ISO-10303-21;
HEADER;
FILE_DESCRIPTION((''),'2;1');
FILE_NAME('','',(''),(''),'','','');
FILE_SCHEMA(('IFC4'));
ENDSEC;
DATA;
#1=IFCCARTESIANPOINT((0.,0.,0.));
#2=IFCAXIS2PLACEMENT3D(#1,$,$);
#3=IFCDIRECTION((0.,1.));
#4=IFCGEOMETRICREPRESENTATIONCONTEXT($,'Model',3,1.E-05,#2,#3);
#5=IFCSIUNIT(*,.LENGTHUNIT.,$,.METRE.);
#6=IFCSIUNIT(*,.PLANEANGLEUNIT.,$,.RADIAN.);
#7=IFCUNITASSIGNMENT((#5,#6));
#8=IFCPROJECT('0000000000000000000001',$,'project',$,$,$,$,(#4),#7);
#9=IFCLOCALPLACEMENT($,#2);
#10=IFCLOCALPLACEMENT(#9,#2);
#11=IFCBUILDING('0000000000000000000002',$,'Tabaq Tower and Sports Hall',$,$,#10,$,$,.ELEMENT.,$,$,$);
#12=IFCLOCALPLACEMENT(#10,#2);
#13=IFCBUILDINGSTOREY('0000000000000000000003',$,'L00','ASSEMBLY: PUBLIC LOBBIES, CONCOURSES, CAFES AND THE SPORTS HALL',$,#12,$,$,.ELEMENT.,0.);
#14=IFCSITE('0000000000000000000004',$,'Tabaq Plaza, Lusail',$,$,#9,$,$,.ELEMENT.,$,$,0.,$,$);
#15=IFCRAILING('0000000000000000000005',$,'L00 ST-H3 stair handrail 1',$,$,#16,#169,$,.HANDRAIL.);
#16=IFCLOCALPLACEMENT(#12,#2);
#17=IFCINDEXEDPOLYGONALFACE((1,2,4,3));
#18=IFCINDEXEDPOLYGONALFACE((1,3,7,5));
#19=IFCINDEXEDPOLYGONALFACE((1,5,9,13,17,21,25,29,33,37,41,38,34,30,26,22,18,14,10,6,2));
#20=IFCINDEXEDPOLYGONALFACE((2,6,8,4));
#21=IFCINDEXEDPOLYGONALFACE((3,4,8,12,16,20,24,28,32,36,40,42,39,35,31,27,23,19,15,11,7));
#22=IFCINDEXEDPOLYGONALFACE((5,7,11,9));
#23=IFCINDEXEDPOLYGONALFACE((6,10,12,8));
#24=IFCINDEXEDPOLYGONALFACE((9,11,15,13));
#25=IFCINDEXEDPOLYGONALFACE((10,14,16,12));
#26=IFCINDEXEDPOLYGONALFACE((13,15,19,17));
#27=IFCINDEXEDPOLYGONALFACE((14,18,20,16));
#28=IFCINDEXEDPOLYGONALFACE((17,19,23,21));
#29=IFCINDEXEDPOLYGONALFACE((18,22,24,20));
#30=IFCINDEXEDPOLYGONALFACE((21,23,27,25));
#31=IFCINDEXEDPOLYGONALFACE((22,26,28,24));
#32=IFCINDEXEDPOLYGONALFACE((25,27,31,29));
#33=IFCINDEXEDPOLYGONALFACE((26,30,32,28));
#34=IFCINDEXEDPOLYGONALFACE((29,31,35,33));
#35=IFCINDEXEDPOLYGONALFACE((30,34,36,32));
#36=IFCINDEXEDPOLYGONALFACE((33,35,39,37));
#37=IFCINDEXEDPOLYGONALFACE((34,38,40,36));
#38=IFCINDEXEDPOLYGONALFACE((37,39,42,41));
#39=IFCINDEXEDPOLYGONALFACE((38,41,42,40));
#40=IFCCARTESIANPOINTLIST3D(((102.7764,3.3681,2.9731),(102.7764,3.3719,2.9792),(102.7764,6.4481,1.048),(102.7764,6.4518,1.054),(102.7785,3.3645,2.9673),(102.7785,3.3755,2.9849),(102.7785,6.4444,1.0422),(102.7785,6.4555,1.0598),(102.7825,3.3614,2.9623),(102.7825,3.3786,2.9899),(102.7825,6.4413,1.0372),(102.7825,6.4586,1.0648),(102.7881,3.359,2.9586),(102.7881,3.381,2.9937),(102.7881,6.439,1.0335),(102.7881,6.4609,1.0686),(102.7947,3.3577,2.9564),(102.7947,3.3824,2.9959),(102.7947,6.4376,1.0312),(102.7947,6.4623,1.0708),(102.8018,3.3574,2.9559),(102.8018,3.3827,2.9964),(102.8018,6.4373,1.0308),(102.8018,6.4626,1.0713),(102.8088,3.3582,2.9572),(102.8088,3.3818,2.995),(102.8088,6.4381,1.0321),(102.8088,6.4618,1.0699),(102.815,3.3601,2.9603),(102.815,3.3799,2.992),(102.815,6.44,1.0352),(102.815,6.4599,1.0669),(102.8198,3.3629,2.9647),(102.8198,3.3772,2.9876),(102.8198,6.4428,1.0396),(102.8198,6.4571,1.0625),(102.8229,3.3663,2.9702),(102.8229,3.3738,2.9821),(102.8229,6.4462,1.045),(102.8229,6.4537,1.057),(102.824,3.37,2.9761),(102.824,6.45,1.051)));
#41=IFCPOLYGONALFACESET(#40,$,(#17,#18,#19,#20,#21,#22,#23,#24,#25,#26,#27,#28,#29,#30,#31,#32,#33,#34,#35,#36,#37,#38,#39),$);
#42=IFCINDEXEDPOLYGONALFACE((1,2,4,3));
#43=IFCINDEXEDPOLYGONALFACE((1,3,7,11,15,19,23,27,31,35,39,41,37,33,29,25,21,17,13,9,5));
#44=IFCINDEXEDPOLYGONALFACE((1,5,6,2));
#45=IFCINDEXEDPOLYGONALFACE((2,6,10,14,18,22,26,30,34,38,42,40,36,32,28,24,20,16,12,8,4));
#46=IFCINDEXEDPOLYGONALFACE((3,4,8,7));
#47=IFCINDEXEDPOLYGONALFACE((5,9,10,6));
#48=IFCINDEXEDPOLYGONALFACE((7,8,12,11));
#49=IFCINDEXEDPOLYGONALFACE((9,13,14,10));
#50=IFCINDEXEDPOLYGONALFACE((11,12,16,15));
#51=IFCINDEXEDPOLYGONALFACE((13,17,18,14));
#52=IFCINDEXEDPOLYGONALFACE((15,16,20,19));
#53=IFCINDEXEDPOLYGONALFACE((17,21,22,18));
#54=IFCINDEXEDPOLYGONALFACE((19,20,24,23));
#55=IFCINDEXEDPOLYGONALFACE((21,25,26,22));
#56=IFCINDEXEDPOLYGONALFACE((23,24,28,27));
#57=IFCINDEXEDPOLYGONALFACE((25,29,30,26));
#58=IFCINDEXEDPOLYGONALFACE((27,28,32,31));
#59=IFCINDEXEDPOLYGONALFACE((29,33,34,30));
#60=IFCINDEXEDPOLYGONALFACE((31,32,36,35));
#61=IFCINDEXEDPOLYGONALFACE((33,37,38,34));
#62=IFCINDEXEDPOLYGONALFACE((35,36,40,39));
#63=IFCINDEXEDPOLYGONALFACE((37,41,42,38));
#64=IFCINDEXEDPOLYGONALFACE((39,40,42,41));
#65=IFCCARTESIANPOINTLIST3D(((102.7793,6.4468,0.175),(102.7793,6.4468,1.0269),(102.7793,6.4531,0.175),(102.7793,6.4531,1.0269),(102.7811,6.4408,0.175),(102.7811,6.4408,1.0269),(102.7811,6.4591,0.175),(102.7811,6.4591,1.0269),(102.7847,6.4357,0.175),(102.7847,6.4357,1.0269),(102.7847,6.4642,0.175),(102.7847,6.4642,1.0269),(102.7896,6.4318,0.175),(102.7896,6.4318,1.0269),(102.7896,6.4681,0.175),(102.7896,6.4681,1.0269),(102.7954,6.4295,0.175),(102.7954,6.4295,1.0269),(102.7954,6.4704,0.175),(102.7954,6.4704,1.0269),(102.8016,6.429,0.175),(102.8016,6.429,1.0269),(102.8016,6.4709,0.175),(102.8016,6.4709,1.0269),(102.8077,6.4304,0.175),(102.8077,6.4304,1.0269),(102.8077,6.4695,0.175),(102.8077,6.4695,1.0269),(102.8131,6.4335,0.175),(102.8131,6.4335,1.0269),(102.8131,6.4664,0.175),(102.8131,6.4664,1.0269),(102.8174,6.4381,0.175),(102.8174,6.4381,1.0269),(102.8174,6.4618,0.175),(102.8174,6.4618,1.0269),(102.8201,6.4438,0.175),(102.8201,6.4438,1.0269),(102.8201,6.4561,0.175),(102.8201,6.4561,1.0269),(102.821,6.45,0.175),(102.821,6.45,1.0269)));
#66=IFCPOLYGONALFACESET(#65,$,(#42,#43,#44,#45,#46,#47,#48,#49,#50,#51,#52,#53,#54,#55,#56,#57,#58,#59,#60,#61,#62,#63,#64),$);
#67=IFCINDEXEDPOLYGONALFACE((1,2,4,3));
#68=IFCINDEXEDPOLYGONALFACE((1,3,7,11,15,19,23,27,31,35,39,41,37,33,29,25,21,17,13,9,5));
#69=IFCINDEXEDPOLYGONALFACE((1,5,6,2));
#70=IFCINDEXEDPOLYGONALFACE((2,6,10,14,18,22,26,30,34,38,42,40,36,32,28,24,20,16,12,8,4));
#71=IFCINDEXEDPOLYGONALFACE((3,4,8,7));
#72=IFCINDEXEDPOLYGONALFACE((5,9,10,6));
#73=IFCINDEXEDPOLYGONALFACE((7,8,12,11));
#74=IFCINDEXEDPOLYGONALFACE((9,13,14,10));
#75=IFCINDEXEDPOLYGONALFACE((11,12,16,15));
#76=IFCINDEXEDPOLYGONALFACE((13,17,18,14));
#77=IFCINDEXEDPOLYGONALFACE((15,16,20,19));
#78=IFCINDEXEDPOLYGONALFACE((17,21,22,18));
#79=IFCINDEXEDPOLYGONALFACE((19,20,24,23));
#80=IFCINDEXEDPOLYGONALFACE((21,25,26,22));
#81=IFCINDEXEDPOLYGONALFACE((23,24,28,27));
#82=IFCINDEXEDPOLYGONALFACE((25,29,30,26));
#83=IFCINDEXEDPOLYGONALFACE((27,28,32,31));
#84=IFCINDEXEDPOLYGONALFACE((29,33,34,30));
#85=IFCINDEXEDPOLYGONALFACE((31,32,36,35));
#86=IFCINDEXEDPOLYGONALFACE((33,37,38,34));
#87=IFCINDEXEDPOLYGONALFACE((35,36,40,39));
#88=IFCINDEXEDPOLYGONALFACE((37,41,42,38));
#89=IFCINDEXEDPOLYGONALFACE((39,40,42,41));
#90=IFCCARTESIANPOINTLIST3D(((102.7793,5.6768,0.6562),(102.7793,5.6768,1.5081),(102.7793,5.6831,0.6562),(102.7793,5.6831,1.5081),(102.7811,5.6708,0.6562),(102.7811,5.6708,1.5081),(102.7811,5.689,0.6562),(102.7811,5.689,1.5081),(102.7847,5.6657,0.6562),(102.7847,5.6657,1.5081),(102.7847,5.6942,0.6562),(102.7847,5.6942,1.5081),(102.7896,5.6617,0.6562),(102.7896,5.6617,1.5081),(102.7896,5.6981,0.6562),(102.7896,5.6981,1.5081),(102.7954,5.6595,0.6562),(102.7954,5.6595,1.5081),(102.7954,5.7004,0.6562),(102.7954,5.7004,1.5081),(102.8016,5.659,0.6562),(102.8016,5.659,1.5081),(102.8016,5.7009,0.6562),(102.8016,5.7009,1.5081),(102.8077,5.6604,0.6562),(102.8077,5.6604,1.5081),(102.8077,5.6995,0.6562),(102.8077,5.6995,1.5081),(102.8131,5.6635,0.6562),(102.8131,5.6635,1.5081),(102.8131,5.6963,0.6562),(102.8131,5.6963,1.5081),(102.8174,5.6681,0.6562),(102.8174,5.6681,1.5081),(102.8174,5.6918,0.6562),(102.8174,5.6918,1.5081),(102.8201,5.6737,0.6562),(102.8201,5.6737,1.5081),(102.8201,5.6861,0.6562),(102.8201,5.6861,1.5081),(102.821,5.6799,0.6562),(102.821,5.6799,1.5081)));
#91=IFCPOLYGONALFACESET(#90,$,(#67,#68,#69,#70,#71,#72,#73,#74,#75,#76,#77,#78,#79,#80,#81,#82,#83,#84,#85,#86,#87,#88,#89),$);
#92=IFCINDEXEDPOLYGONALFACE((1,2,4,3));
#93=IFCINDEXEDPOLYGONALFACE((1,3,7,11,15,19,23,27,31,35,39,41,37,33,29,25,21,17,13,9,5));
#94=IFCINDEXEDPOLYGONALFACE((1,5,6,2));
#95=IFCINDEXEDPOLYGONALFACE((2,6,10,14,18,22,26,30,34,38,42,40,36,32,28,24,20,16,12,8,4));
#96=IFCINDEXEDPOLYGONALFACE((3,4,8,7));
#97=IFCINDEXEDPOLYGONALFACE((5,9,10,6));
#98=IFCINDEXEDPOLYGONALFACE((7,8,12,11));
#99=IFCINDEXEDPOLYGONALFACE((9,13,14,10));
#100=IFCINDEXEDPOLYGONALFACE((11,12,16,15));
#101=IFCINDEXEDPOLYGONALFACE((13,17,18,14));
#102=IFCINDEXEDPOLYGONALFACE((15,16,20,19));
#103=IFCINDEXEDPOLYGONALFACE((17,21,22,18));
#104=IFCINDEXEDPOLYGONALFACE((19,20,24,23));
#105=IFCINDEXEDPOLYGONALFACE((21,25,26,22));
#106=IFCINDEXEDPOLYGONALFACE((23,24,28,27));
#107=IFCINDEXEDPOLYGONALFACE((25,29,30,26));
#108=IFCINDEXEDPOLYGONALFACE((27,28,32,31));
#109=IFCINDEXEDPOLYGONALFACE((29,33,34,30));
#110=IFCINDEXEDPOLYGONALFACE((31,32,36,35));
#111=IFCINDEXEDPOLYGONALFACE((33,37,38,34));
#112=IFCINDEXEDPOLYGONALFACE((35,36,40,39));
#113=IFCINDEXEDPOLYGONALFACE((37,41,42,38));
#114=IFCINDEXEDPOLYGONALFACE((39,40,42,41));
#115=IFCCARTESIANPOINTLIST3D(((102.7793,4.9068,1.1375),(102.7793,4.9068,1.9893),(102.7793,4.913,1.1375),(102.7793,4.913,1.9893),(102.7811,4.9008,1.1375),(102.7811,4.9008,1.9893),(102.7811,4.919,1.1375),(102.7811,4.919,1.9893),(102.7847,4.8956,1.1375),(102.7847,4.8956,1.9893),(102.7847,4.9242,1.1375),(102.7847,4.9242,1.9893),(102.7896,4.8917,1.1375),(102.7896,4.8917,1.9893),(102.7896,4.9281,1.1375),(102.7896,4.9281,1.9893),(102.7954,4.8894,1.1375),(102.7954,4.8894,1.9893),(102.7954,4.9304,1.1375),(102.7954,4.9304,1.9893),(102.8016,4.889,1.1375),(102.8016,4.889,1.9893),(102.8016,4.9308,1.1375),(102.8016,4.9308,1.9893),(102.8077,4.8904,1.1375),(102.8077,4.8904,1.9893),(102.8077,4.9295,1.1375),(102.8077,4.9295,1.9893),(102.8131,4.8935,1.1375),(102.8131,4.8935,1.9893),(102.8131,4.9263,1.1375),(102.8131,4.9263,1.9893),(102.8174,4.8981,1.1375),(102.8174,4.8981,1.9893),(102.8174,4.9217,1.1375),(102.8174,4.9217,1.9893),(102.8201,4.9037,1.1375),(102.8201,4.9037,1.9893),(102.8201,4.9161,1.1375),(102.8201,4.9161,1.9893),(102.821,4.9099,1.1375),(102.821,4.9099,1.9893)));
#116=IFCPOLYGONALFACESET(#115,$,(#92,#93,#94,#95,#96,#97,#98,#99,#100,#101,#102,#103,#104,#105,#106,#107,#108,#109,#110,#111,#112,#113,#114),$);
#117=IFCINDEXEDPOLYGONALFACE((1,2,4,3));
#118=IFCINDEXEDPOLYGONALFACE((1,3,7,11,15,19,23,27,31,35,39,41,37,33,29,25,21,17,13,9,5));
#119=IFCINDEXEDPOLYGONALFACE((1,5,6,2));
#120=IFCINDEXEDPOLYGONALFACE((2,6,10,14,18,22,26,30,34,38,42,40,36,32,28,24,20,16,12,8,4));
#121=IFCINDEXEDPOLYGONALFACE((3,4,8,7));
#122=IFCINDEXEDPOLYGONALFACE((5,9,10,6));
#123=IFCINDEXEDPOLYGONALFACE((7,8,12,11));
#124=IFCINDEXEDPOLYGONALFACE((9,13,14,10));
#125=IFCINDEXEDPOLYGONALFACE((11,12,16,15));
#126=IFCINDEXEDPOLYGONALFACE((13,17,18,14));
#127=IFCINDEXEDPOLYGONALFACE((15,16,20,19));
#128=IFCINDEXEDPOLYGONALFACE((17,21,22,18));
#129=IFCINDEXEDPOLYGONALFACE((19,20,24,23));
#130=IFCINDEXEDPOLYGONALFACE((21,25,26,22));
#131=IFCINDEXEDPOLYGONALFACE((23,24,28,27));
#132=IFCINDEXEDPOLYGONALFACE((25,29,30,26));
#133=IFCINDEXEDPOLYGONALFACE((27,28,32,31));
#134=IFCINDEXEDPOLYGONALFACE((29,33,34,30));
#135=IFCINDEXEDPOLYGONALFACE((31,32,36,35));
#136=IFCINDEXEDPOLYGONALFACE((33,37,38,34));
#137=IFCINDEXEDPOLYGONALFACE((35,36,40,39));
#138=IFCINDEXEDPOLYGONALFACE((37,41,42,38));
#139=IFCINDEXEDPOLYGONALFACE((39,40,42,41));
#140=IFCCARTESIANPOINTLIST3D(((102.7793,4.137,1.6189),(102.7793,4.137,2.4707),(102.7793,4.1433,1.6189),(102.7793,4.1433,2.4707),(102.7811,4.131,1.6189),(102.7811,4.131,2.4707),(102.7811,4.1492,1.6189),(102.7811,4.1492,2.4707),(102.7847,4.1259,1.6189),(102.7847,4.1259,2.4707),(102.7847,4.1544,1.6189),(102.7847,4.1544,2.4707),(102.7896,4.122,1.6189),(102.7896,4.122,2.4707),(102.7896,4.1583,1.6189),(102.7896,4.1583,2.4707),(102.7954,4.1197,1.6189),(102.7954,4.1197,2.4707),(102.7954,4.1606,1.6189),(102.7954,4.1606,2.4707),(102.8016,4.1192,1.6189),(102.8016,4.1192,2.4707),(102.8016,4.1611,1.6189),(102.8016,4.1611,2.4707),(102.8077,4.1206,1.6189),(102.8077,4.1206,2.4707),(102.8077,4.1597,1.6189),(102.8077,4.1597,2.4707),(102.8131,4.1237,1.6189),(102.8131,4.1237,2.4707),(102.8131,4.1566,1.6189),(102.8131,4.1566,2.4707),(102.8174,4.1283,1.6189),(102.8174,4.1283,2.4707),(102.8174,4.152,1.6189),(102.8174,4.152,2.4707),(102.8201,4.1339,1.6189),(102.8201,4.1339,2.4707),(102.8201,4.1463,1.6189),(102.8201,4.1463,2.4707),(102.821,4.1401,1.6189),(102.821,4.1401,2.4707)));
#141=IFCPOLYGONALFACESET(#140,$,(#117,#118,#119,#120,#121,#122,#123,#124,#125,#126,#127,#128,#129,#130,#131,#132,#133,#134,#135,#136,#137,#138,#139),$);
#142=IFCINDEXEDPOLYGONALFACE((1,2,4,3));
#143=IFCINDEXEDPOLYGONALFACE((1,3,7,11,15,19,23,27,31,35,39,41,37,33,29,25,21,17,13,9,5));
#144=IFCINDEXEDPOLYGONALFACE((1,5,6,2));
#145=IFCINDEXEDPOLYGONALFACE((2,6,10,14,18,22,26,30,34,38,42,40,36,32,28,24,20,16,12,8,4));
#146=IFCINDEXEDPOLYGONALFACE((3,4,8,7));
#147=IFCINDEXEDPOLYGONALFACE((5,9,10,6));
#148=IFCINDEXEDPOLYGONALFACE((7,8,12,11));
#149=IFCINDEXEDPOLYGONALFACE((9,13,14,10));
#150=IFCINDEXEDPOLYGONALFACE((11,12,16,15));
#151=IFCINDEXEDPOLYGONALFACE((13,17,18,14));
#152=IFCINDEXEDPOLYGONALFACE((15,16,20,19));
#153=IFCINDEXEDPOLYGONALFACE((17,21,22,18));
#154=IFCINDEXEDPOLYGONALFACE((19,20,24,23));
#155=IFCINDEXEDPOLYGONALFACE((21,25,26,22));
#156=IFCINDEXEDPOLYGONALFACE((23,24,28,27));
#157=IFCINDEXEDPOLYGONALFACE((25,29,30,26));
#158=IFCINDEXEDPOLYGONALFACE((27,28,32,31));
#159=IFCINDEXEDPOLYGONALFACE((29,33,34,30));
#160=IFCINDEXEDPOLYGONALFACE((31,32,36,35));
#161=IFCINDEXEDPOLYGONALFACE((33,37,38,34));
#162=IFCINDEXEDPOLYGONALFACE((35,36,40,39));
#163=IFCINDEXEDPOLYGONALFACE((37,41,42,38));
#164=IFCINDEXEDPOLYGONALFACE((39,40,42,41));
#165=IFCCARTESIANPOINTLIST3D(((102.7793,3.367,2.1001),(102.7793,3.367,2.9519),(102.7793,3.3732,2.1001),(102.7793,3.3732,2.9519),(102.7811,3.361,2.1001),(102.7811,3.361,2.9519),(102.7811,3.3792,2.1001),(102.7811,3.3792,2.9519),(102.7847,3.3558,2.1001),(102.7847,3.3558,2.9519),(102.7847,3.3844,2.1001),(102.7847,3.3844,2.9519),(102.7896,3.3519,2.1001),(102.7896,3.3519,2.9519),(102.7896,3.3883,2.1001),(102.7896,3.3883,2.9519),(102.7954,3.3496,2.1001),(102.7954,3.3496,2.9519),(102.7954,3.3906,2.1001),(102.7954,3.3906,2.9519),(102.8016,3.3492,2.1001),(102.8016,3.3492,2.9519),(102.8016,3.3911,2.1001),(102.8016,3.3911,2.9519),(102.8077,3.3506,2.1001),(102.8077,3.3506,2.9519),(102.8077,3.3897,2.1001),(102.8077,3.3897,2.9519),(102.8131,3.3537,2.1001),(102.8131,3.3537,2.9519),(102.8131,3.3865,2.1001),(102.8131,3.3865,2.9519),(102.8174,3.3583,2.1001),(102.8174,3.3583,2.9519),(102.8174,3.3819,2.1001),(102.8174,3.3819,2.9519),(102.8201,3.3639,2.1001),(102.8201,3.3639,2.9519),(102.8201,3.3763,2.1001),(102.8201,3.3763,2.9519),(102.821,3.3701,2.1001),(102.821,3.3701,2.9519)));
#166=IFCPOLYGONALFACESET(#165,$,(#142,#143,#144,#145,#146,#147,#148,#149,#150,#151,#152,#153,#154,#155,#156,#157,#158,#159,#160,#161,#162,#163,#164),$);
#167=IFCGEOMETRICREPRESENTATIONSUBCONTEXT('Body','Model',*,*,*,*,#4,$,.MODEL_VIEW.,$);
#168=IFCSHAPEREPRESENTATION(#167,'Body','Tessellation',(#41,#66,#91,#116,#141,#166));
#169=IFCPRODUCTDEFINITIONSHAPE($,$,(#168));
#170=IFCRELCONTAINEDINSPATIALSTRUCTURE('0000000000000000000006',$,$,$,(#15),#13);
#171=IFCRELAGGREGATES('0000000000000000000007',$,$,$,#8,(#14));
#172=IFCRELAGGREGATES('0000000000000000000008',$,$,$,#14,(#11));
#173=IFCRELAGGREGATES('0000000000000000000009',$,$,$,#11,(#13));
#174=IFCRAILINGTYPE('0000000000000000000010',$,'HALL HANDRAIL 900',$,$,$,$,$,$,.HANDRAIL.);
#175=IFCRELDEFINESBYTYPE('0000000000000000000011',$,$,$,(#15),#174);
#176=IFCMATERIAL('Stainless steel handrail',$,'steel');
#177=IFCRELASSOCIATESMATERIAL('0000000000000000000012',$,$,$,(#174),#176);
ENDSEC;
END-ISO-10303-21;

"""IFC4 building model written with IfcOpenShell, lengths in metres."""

from ifc_helpers import new_model, si_unit, direction, frame, origin, origin_2d, place, context, subcontext, project, spatial, circle, extrude, material, type_object, element, save


model = new_model("IFC4")

# Units and contexts
model_context = context("Model", 3, precision=1e-05, world=origin(), true_north=direction((0.0, 1.0)))
body_context = subcontext(model_context, "Body", "Model", "MODEL_VIEW")
ifc_project = project(units=[si_unit("LENGTHUNIT", "METRE"), si_unit("PLANEANGLEUNIT", "RADIAN")], contexts=[model_context])

# Site, building, storey
site_placement = place(None, origin())
site = spatial("IfcSite", under=ifc_project, at=site_placement, Name="Tabaq Plaza, Lusail", CompositionType="ELEMENT", RefElevation=0.0)
building_placement = place(site_placement, origin())
building = spatial("IfcBuilding", under=site, at=building_placement, Name="Tabaq Tower and Sports Hall", CompositionType="ELEMENT")
storey_placement = place(building_placement, origin())
storey = spatial("IfcBuildingStorey", under=building, at=storey_placement, Name="L00", Description="ASSEMBLY: PUBLIC LOBBIES, CONCOURSES, CAFES AND THE SPORTS HALL", CompositionType="ELEMENT", Elevation=0.0)

# Railing
ifc_material_1 = material(Name="Stainless steel handrail", Category="steel")
railing_type_1 = type_object("IfcRailingType", Name="HALL HANDRAIL 900", PredefinedType="HANDRAIL", material=ifc_material_1)
railing_1_placement = place(storey_placement, frame((102.8, 6.45, 0.175)))
element("IfcRailing", 1, at=railing_1_placement, inside=storey, type_object=railing_type_1, Name="L00 ST-H3 stair handrail 1", PredefinedType="HANDRAIL", context=body_context, shape_type="SweptSolid", body=[
    extrude(circle(Radius=0.0239, at=origin_2d()), frame((0.0, 0.0, 0.876), z_axis=(0.0, -0.847979, 0.530029), x_axis=(1.0, 0.0, 0.0)), (0.0, 0.0, 1.0), 3.6321),
    extrude(circle(Radius=0.021, at=origin_2d()), origin(), (0.0, 0.0, 1.0), 0.8518),
    extrude(circle(Radius=0.021, at=origin_2d()), frame((0.0, -0.77, 0.4812)), (0.0, 0.0, 1.0), 0.8518),
    extrude(circle(Radius=0.021, at=origin_2d()), frame((0.0, -1.54, 0.9624)), (0.0, 0.0, 1.0), 0.8518),
    extrude(circle(Radius=0.021, at=origin_2d()), frame((0.0, -2.3098, 1.4438)), (0.0, 0.0, 1.0), 0.8518),
    extrude(circle(Radius=0.021, at=origin_2d()), frame((0.0, -3.0798, 1.925)), (0.0, 0.0, 1.0), 0.8518),
])

save(model, "model.ifc")
